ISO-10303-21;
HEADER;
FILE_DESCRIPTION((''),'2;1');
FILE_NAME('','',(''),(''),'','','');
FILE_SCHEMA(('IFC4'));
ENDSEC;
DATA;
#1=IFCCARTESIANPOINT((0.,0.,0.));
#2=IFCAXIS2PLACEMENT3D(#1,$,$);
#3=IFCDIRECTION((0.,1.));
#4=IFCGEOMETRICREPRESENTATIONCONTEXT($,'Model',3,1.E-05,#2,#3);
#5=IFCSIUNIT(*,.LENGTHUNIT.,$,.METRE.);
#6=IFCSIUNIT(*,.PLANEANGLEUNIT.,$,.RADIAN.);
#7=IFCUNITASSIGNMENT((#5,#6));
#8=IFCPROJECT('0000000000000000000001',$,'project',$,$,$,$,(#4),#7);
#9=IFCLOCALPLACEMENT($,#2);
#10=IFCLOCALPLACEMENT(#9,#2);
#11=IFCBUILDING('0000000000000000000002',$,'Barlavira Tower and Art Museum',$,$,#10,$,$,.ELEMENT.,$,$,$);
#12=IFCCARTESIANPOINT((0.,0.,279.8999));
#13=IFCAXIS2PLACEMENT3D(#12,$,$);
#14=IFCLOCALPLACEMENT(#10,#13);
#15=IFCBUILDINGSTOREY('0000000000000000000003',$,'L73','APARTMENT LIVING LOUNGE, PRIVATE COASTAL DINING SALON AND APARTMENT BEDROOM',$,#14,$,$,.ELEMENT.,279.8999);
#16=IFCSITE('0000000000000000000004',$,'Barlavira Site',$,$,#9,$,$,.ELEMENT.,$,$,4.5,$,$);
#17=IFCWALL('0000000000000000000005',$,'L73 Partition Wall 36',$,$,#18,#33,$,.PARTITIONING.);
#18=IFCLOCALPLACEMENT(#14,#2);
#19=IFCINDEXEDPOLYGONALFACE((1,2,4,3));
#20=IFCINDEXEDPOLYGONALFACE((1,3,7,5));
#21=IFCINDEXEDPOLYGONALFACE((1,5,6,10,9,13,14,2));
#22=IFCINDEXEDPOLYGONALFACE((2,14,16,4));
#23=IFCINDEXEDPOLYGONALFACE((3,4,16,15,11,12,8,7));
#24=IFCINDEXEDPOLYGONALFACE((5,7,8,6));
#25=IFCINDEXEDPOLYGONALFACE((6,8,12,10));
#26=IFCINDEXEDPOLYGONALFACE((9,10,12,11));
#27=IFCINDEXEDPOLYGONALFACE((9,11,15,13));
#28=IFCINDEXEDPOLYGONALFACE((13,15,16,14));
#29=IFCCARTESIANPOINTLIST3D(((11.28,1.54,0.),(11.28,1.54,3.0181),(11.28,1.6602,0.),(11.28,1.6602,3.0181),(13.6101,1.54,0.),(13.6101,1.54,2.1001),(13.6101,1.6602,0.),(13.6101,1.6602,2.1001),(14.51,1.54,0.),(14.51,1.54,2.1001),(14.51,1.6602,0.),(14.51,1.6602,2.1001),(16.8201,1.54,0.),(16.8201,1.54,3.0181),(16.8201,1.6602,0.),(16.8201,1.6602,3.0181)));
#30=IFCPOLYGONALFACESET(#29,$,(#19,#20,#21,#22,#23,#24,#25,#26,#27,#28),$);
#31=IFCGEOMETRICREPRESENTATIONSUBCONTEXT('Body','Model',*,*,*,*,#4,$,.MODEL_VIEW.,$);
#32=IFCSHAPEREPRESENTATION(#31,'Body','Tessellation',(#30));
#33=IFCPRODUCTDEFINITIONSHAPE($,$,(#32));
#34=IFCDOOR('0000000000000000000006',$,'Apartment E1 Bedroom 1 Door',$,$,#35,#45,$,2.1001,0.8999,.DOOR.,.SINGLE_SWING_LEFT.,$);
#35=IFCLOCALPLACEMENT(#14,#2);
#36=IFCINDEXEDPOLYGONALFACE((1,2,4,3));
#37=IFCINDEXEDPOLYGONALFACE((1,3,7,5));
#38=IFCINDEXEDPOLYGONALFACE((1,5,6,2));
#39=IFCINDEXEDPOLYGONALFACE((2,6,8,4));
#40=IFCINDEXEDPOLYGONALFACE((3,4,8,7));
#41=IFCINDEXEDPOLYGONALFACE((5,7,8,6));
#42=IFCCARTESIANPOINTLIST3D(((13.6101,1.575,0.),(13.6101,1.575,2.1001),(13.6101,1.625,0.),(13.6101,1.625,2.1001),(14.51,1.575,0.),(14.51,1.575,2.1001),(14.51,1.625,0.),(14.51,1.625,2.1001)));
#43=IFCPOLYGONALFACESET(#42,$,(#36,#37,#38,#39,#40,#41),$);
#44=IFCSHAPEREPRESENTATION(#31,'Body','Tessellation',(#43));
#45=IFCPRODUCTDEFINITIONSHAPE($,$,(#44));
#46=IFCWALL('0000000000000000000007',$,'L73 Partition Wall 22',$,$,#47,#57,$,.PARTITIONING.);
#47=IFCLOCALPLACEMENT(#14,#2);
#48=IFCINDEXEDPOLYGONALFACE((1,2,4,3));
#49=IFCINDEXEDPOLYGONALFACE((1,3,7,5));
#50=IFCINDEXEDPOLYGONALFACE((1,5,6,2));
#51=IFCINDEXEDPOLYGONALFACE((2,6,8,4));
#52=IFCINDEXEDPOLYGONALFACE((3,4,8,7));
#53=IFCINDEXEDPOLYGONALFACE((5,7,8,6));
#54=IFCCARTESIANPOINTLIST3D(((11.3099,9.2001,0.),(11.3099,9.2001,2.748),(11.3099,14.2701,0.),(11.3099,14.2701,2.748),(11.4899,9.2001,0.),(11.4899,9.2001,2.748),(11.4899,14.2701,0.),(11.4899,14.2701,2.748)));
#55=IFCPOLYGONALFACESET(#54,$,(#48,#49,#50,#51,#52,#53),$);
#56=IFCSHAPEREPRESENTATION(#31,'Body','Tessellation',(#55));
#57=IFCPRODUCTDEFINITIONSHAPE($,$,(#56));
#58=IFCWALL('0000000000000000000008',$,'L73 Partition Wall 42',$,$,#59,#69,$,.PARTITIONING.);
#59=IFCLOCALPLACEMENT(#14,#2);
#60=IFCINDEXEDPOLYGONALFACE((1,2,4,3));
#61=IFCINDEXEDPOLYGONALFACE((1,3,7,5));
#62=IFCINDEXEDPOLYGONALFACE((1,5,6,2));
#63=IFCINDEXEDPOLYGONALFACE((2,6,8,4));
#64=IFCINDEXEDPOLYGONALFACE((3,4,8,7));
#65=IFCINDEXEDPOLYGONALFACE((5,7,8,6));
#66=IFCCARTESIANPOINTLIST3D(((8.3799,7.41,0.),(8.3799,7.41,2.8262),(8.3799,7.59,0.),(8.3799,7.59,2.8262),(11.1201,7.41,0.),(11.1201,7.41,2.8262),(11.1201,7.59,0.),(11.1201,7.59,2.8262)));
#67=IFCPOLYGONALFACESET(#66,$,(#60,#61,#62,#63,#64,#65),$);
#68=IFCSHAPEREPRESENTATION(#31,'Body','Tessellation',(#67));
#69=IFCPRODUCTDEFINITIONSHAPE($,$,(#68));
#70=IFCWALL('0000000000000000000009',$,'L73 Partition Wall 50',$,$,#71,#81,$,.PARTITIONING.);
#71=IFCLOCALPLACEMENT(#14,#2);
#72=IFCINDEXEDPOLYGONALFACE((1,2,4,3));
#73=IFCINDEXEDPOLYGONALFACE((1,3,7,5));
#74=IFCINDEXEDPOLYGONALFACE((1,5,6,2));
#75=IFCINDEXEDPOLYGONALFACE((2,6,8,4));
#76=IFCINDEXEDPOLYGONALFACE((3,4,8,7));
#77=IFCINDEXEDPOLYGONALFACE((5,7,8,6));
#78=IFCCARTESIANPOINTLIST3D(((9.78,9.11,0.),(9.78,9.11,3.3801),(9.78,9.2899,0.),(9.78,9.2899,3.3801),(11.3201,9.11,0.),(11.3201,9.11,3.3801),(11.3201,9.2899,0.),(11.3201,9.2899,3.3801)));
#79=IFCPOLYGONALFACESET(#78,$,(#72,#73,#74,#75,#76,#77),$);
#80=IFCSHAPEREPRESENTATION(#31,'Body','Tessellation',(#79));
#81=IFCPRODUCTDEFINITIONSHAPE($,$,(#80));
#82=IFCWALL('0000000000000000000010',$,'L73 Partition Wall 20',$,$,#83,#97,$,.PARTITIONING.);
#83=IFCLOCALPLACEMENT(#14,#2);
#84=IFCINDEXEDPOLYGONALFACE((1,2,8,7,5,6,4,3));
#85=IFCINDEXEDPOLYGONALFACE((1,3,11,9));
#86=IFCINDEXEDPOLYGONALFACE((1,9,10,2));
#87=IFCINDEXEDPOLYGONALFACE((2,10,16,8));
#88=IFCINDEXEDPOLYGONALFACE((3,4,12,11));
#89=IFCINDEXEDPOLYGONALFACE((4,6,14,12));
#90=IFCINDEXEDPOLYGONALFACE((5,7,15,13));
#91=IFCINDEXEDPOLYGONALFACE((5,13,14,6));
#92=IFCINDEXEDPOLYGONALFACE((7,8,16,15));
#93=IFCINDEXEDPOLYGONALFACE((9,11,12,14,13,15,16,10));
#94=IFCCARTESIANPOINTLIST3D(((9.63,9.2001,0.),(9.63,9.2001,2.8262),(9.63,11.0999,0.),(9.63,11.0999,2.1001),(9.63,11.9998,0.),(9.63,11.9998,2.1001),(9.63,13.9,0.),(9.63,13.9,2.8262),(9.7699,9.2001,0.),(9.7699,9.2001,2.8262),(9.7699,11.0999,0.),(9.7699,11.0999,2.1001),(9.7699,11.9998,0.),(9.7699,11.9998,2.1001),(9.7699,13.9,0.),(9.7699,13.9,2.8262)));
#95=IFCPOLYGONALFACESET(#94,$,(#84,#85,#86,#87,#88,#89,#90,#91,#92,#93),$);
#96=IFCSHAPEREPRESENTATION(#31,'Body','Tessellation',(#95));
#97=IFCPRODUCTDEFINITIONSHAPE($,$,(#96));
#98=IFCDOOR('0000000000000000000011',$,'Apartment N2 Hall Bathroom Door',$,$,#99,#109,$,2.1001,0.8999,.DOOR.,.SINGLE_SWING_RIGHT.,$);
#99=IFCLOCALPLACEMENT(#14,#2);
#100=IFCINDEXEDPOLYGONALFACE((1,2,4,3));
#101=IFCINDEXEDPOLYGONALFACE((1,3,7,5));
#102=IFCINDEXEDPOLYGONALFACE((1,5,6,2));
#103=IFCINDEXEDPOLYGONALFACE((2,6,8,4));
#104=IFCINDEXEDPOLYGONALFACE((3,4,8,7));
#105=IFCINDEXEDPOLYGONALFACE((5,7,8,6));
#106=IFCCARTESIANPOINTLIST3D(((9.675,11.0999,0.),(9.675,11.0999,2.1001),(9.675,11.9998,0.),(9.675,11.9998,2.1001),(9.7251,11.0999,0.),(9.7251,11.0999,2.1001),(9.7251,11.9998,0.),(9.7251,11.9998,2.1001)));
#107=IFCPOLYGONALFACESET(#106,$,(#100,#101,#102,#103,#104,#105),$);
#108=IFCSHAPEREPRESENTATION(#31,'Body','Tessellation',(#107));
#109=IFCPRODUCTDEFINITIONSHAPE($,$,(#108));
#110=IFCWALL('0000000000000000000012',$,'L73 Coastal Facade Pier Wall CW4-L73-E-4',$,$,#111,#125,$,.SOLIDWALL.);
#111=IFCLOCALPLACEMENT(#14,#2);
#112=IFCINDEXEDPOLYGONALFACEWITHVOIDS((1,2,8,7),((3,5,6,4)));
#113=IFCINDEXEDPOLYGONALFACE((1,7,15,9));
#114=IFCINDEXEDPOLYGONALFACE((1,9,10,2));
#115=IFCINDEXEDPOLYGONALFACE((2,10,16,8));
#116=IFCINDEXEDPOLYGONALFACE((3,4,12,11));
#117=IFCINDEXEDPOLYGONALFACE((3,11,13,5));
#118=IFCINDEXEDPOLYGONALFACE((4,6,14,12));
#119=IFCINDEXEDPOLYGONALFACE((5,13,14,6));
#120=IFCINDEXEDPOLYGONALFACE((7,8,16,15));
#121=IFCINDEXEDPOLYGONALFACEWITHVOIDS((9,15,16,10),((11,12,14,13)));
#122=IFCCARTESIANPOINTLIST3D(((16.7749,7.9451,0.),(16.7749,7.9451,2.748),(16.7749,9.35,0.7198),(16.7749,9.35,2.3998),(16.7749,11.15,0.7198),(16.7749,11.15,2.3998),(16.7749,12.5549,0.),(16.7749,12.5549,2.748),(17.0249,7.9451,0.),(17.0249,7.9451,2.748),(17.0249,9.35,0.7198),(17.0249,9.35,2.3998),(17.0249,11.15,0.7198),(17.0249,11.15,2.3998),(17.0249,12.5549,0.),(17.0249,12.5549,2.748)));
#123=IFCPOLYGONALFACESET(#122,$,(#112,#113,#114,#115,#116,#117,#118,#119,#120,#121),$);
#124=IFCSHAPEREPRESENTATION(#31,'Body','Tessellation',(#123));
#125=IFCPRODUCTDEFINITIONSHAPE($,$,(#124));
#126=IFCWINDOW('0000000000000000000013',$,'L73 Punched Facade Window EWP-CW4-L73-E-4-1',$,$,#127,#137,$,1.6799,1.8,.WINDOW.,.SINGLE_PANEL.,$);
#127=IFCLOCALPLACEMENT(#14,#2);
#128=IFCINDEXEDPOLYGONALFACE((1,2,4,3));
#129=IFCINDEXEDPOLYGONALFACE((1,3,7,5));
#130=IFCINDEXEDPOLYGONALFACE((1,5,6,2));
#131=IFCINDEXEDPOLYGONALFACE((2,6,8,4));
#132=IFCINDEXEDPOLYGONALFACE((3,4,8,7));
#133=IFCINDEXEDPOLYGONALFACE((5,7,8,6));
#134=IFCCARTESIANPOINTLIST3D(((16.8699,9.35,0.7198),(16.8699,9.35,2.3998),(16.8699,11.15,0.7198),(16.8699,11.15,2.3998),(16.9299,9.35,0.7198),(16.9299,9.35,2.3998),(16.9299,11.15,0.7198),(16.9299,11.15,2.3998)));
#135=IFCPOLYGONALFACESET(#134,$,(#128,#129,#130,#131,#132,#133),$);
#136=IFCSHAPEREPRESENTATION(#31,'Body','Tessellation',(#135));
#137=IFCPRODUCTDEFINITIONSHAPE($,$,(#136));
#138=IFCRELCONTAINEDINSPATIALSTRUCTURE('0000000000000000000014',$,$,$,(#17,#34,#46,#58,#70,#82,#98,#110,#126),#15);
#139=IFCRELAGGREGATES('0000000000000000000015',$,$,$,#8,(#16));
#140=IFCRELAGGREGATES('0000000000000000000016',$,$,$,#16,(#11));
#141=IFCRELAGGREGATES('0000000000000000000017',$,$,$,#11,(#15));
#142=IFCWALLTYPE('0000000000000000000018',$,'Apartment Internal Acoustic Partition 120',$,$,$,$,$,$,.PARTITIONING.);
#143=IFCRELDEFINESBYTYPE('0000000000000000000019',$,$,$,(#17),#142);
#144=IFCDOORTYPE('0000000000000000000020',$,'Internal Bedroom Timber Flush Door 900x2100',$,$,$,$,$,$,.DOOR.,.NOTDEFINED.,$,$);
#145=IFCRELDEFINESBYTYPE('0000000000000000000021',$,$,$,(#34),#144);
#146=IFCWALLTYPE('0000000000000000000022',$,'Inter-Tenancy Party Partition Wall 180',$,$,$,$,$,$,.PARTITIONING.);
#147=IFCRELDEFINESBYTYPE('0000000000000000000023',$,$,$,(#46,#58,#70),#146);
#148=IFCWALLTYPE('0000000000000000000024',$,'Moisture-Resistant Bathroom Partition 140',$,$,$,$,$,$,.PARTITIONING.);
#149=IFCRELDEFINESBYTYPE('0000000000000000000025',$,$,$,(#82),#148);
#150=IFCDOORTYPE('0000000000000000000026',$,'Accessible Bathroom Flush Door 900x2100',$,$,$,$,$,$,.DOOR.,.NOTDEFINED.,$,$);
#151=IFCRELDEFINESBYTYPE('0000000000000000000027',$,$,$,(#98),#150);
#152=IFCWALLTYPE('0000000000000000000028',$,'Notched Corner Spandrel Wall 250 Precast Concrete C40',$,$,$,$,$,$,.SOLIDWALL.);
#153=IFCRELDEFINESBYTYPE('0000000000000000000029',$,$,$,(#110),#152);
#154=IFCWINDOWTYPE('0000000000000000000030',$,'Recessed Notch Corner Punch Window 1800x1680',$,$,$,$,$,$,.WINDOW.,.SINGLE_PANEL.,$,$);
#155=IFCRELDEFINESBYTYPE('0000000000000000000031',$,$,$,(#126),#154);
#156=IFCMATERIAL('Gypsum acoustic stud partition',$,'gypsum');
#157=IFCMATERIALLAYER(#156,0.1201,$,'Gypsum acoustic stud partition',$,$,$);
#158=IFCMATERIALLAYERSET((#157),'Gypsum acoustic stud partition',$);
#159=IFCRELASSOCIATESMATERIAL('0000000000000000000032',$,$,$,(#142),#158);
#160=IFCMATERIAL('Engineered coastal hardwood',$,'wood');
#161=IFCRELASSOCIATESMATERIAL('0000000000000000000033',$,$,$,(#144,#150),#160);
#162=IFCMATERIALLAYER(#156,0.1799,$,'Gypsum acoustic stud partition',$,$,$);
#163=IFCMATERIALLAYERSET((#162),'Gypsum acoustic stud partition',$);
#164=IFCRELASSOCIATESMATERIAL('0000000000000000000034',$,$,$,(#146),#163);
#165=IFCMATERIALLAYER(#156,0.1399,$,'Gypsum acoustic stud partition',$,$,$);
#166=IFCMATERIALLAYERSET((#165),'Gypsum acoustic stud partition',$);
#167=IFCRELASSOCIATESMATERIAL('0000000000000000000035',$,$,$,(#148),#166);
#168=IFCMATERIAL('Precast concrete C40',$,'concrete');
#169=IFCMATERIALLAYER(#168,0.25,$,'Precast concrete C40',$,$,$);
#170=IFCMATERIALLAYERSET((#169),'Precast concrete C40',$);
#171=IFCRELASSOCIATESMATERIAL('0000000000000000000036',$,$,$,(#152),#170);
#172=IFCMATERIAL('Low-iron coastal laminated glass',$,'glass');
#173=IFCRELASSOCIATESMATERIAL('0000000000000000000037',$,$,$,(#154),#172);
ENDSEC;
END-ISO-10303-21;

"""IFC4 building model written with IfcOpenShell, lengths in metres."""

from ifc_helpers import new_model, si_unit, direction, frame, frame_2d, origin, place, context, subcontext, project, spatial, rectangle, extrude, material, layer, layer_set, type_object, element, fill, save


model = new_model("IFC4")

# Units and contexts
model_context = context("Model", 3, precision=1e-05, world=origin(), true_north=direction((0.0, 1.0)))
body_context = subcontext(model_context, "Body", "Model", "MODEL_VIEW")
ifc_project = project(units=[si_unit("LENGTHUNIT", "METRE"), si_unit("PLANEANGLEUNIT", "RADIAN")], contexts=[model_context])

# Site, building, storey
site_placement = place(None, origin())
site = spatial("IfcSite", under=ifc_project, at=site_placement, Name="Barlavira Site", CompositionType="ELEMENT", RefElevation=4.5)
building_placement = place(site_placement, origin())
building = spatial("IfcBuilding", under=site, at=building_placement, Name="Barlavira Tower and Art Museum", CompositionType="ELEMENT")
storey_placement = place(building_placement, frame((0.0, 0.0, 279.8999)))
storey = spatial("IfcBuildingStorey", under=building, at=storey_placement, Name="L73", Description="APARTMENT LIVING LOUNGE, PRIVATE COASTAL DINING SALON AND APARTMENT BEDROOM", CompositionType="ELEMENT", Elevation=279.8999)

# Shared definitions
ifc_material_1 = material(Name="Low-iron coastal laminated glass", Category="glass")

# Wall, opening, door
ifc_material_2 = material(Name="Gypsum acoustic stud partition", Category="gypsum")
ifc_layer_1 = layer(ifc_material_2, 0.1201, Name="Gypsum acoustic stud partition")
ifc_layer_set_1 = layer_set([ifc_layer_1], Name="Gypsum acoustic stud partition")
wall_type_1 = type_object("IfcWallType", Name="Apartment Internal Acoustic Partition 120", PredefinedType="PARTITIONING", material=ifc_layer_set_1)
ifc_material_3 = material(Name="Engineered coastal hardwood", Category="wood")
door_type_1 = type_object("IfcDoorType", Name="Internal Bedroom Timber Flush Door 900x2100", OperationType="NOTDEFINED", PredefinedType="DOOR", material=ifc_material_3)
wall_1_placement = place(storey_placement, frame((11.28, 1.6001, 0.0), z_axis=(0.0, 0.0, 1.0), x_axis=(1.0, 0.0, 0.0)))
wall_1 = element("IfcWall", 1, at=wall_1_placement, inside=storey, type_object=wall_type_1, Name="L73 Partition Wall 36", PredefinedType="PARTITIONING", context=body_context, shape_type="SweptSolid", body=[
    extrude(rectangle(XDim=5.54, YDim=0.1201, at=frame_2d((2.77, 0.0))), origin(), (0.0, 0.0, 1.0), 3.0181),
])
opening_1_placement = place(wall_1_placement, frame((2.3301, 0.0, 0.0)))
opening_1 = element("IfcOpeningElement", 2, at=opening_1_placement, cuts=wall_1, PredefinedType="OPENING", context=body_context, shape_type="SweptSolid", body=[
    extrude(rectangle(XDim=0.8999, YDim=2.1001, at=frame_2d((0.45, 1.05))), frame((0.0, 0.0701, 0.0), z_axis=(0.0, -1.0, 0.0), x_axis=(1.0, 0.0, 0.0)), (0.0, 0.0, 1.0), 0.1401),
])
door_1_placement = place(opening_1_placement, origin())
door_1 = element("IfcDoor", 3, at=door_1_placement, inside=storey, type_object=door_type_1, Name="Apartment E1 Bedroom 1 Door", OperationType="SINGLE_SWING_LEFT", OverallHeight=2.1001, OverallWidth=0.8999, PredefinedType="DOOR", context=body_context, shape_type="SweptSolid", body=[
    extrude(rectangle(XDim=0.8999, YDim=2.1001, at=frame_2d((0.45, 1.05))), frame((0.0, 0.0249, 0.0), z_axis=(0.0, -1.0, 0.0), x_axis=(1.0, 0.0, 0.0)), (0.0, 0.0, 1.0), 0.05),
])
fill(opening_1, door_1)

# Walls
ifc_layer_2 = layer(ifc_material_2, 0.1799, Name="Gypsum acoustic stud partition")
ifc_layer_set_2 = layer_set([ifc_layer_2], Name="Gypsum acoustic stud partition")
wall_type_2 = type_object("IfcWallType", Name="Inter-Tenancy Party Partition Wall 180", PredefinedType="PARTITIONING", material=ifc_layer_set_2)
wall_2_placement = place(storey_placement, frame((11.3999, 9.2, 0.0), z_axis=(0.0, 0.0, 1.0), x_axis=(0.0, 1.0, 0.0)))
element("IfcWall", 4, at=wall_2_placement, inside=storey, type_object=wall_type_2, Name="L73 Partition Wall 22", PredefinedType="PARTITIONING", context=body_context, shape_type="SweptSolid", body=[
    extrude(rectangle(XDim=5.0701, YDim=0.1799, at=frame_2d((2.5352, 0.0))), origin(), (0.0, 0.0, 1.0), 2.748),
])
wall_3_placement = place(storey_placement, frame((8.3799, 7.5, 0.0), z_axis=(0.0, 0.0, 1.0), x_axis=(1.0, 0.0, 0.0)))
element("IfcWall", 5, at=wall_3_placement, inside=storey, type_object=wall_type_2, Name="L73 Partition Wall 42", PredefinedType="PARTITIONING", context=body_context, shape_type="SweptSolid", body=[
    extrude(rectangle(XDim=2.7402, YDim=0.1799, at=frame_2d((1.3701, 0.0))), origin(), (0.0, 0.0, 1.0), 2.8262),
])
wall_4_placement = place(storey_placement, frame((9.78, 9.2, 0.0), z_axis=(0.0, 0.0, 1.0), x_axis=(1.0, 0.0, 0.0)))
element("IfcWall", 6, at=wall_4_placement, inside=storey, type_object=wall_type_2, Name="L73 Partition Wall 50", PredefinedType="PARTITIONING", context=body_context, shape_type="SweptSolid", body=[
    extrude(rectangle(XDim=1.54, YDim=0.1799, at=frame_2d((0.77, 0.0))), origin(), (0.0, 0.0, 1.0), 3.3801),
])

# Wall, opening, door
ifc_layer_3 = layer(ifc_material_2, 0.1399, Name="Gypsum acoustic stud partition")
ifc_layer_set_3 = layer_set([ifc_layer_3], Name="Gypsum acoustic stud partition")
wall_type_3 = type_object("IfcWallType", Name="Moisture-Resistant Bathroom Partition 140", PredefinedType="PARTITIONING", material=ifc_layer_set_3)
wall_5_placement = place(storey_placement, frame((9.7, 9.2, 0.0), z_axis=(0.0, 0.0, 1.0), x_axis=(0.0, 1.0, 0.0)))
wall_5 = element("IfcWall", 7, at=wall_5_placement, inside=storey, type_object=wall_type_3, Name="L73 Partition Wall 20", PredefinedType="PARTITIONING", context=body_context, shape_type="SweptSolid", body=[
    extrude(rectangle(XDim=4.7, YDim=0.1399, at=frame_2d((2.3501, 0.0))), origin(), (0.0, 0.0, 1.0), 2.8262),
])
opening_2_placement = place(wall_5_placement, frame((1.8999, 0.0, 0.0)))
opening_2 = element("IfcOpeningElement", 8, at=opening_2_placement, cuts=wall_5, PredefinedType="OPENING", context=body_context, shape_type="SweptSolid", body=[
    extrude(rectangle(XDim=0.8999, YDim=2.1001, at=frame_2d((0.45, 1.05))), frame((0.0, 0.0801, 0.0), z_axis=(0.0, -1.0, 0.0), x_axis=(1.0, 0.0, 0.0)), (0.0, 0.0, 1.0), 0.1599),
])
door_type_2 = type_object("IfcDoorType", Name="Accessible Bathroom Flush Door 900x2100", OperationType="NOTDEFINED", PredefinedType="DOOR", material=ifc_material_3)
door_2_placement = place(opening_2_placement, origin())
door_2 = element("IfcDoor", 9, at=door_2_placement, inside=storey, type_object=door_type_2, Name="Apartment N2 Hall Bathroom Door", OperationType="SINGLE_SWING_RIGHT", OverallHeight=2.1001, OverallWidth=0.8999, PredefinedType="DOOR", context=body_context, shape_type="SweptSolid", body=[
    extrude(rectangle(XDim=0.8999, YDim=2.1001, at=frame_2d((0.45, 1.05))), frame((0.0, 0.0249, 0.0), z_axis=(0.0, -1.0, 0.0), x_axis=(1.0, 0.0, 0.0)), (0.0, 0.0, 1.0), 0.05),
])
fill(opening_2, door_2)

# Wall, opening, window
ifc_material_4 = material(Name="Precast concrete C40", Category="concrete")
ifc_layer_4 = layer(ifc_material_4, 0.25, Name="Precast concrete C40")
ifc_layer_set_4 = layer_set([ifc_layer_4], Name="Precast concrete C40")
wall_type_4 = type_object("IfcWallType", Name="Notched Corner Spandrel Wall 250 Precast Concrete C40", PredefinedType="SOLIDWALL", material=ifc_layer_set_4)
wall_6_placement = place(storey_placement, frame((16.8999, 7.9451, 0.0), z_axis=(0.0, 0.0, 1.0), x_axis=(0.0, 1.0, 0.0)))
wall_6 = element("IfcWall", 10, at=wall_6_placement, inside=storey, type_object=wall_type_4, Name="L73 Coastal Facade Pier Wall CW4-L73-E-4", PredefinedType="SOLIDWALL", context=body_context, shape_type="SweptSolid", body=[
    extrude(rectangle(XDim=4.6099, YDim=0.25, at=frame_2d((2.3049, 0.0))), origin(), (0.0, 0.0, 1.0), 2.748),
])
opening_3_placement = place(wall_6_placement, frame((1.405, 0.0, 0.72)))
opening_3 = element("IfcOpeningElement", 11, at=opening_3_placement, cuts=wall_6, PredefinedType="OPENING", context=body_context, shape_type="SweptSolid", body=[
    extrude(rectangle(XDim=1.8, YDim=1.6799, at=frame_2d((0.8999, 0.8398))), frame((0.0, 0.135, 0.0), z_axis=(0.0, -1.0, 0.0), x_axis=(1.0, 0.0, 0.0)), (0.0, 0.0, 1.0), 0.27),
])
window_type = type_object("IfcWindowType", Name="Recessed Notch Corner Punch Window 1800x1680", PartitioningType="SINGLE_PANEL", PredefinedType="WINDOW", material=ifc_material_1)
window_placement = place(opening_3_placement, origin())
window = element("IfcWindow", 12, at=window_placement, inside=storey, type_object=window_type, Name="L73 Punched Facade Window EWP-CW4-L73-E-4-1", OverallHeight=1.6799, OverallWidth=1.8, PartitioningType="SINGLE_PANEL", PredefinedType="WINDOW", context=body_context, shape_type="SweptSolid", body=[
    extrude(rectangle(XDim=1.8, YDim=1.6799, at=frame_2d((0.8999, 0.8398))), frame((0.0, 0.03, 0.0), z_axis=(0.0, -1.0, 0.0), x_axis=(1.0, 0.0, 0.0)), (0.0, 0.0, 1.0), 0.0601),
])
fill(opening_3, window)

save(model, "model.ifc")
